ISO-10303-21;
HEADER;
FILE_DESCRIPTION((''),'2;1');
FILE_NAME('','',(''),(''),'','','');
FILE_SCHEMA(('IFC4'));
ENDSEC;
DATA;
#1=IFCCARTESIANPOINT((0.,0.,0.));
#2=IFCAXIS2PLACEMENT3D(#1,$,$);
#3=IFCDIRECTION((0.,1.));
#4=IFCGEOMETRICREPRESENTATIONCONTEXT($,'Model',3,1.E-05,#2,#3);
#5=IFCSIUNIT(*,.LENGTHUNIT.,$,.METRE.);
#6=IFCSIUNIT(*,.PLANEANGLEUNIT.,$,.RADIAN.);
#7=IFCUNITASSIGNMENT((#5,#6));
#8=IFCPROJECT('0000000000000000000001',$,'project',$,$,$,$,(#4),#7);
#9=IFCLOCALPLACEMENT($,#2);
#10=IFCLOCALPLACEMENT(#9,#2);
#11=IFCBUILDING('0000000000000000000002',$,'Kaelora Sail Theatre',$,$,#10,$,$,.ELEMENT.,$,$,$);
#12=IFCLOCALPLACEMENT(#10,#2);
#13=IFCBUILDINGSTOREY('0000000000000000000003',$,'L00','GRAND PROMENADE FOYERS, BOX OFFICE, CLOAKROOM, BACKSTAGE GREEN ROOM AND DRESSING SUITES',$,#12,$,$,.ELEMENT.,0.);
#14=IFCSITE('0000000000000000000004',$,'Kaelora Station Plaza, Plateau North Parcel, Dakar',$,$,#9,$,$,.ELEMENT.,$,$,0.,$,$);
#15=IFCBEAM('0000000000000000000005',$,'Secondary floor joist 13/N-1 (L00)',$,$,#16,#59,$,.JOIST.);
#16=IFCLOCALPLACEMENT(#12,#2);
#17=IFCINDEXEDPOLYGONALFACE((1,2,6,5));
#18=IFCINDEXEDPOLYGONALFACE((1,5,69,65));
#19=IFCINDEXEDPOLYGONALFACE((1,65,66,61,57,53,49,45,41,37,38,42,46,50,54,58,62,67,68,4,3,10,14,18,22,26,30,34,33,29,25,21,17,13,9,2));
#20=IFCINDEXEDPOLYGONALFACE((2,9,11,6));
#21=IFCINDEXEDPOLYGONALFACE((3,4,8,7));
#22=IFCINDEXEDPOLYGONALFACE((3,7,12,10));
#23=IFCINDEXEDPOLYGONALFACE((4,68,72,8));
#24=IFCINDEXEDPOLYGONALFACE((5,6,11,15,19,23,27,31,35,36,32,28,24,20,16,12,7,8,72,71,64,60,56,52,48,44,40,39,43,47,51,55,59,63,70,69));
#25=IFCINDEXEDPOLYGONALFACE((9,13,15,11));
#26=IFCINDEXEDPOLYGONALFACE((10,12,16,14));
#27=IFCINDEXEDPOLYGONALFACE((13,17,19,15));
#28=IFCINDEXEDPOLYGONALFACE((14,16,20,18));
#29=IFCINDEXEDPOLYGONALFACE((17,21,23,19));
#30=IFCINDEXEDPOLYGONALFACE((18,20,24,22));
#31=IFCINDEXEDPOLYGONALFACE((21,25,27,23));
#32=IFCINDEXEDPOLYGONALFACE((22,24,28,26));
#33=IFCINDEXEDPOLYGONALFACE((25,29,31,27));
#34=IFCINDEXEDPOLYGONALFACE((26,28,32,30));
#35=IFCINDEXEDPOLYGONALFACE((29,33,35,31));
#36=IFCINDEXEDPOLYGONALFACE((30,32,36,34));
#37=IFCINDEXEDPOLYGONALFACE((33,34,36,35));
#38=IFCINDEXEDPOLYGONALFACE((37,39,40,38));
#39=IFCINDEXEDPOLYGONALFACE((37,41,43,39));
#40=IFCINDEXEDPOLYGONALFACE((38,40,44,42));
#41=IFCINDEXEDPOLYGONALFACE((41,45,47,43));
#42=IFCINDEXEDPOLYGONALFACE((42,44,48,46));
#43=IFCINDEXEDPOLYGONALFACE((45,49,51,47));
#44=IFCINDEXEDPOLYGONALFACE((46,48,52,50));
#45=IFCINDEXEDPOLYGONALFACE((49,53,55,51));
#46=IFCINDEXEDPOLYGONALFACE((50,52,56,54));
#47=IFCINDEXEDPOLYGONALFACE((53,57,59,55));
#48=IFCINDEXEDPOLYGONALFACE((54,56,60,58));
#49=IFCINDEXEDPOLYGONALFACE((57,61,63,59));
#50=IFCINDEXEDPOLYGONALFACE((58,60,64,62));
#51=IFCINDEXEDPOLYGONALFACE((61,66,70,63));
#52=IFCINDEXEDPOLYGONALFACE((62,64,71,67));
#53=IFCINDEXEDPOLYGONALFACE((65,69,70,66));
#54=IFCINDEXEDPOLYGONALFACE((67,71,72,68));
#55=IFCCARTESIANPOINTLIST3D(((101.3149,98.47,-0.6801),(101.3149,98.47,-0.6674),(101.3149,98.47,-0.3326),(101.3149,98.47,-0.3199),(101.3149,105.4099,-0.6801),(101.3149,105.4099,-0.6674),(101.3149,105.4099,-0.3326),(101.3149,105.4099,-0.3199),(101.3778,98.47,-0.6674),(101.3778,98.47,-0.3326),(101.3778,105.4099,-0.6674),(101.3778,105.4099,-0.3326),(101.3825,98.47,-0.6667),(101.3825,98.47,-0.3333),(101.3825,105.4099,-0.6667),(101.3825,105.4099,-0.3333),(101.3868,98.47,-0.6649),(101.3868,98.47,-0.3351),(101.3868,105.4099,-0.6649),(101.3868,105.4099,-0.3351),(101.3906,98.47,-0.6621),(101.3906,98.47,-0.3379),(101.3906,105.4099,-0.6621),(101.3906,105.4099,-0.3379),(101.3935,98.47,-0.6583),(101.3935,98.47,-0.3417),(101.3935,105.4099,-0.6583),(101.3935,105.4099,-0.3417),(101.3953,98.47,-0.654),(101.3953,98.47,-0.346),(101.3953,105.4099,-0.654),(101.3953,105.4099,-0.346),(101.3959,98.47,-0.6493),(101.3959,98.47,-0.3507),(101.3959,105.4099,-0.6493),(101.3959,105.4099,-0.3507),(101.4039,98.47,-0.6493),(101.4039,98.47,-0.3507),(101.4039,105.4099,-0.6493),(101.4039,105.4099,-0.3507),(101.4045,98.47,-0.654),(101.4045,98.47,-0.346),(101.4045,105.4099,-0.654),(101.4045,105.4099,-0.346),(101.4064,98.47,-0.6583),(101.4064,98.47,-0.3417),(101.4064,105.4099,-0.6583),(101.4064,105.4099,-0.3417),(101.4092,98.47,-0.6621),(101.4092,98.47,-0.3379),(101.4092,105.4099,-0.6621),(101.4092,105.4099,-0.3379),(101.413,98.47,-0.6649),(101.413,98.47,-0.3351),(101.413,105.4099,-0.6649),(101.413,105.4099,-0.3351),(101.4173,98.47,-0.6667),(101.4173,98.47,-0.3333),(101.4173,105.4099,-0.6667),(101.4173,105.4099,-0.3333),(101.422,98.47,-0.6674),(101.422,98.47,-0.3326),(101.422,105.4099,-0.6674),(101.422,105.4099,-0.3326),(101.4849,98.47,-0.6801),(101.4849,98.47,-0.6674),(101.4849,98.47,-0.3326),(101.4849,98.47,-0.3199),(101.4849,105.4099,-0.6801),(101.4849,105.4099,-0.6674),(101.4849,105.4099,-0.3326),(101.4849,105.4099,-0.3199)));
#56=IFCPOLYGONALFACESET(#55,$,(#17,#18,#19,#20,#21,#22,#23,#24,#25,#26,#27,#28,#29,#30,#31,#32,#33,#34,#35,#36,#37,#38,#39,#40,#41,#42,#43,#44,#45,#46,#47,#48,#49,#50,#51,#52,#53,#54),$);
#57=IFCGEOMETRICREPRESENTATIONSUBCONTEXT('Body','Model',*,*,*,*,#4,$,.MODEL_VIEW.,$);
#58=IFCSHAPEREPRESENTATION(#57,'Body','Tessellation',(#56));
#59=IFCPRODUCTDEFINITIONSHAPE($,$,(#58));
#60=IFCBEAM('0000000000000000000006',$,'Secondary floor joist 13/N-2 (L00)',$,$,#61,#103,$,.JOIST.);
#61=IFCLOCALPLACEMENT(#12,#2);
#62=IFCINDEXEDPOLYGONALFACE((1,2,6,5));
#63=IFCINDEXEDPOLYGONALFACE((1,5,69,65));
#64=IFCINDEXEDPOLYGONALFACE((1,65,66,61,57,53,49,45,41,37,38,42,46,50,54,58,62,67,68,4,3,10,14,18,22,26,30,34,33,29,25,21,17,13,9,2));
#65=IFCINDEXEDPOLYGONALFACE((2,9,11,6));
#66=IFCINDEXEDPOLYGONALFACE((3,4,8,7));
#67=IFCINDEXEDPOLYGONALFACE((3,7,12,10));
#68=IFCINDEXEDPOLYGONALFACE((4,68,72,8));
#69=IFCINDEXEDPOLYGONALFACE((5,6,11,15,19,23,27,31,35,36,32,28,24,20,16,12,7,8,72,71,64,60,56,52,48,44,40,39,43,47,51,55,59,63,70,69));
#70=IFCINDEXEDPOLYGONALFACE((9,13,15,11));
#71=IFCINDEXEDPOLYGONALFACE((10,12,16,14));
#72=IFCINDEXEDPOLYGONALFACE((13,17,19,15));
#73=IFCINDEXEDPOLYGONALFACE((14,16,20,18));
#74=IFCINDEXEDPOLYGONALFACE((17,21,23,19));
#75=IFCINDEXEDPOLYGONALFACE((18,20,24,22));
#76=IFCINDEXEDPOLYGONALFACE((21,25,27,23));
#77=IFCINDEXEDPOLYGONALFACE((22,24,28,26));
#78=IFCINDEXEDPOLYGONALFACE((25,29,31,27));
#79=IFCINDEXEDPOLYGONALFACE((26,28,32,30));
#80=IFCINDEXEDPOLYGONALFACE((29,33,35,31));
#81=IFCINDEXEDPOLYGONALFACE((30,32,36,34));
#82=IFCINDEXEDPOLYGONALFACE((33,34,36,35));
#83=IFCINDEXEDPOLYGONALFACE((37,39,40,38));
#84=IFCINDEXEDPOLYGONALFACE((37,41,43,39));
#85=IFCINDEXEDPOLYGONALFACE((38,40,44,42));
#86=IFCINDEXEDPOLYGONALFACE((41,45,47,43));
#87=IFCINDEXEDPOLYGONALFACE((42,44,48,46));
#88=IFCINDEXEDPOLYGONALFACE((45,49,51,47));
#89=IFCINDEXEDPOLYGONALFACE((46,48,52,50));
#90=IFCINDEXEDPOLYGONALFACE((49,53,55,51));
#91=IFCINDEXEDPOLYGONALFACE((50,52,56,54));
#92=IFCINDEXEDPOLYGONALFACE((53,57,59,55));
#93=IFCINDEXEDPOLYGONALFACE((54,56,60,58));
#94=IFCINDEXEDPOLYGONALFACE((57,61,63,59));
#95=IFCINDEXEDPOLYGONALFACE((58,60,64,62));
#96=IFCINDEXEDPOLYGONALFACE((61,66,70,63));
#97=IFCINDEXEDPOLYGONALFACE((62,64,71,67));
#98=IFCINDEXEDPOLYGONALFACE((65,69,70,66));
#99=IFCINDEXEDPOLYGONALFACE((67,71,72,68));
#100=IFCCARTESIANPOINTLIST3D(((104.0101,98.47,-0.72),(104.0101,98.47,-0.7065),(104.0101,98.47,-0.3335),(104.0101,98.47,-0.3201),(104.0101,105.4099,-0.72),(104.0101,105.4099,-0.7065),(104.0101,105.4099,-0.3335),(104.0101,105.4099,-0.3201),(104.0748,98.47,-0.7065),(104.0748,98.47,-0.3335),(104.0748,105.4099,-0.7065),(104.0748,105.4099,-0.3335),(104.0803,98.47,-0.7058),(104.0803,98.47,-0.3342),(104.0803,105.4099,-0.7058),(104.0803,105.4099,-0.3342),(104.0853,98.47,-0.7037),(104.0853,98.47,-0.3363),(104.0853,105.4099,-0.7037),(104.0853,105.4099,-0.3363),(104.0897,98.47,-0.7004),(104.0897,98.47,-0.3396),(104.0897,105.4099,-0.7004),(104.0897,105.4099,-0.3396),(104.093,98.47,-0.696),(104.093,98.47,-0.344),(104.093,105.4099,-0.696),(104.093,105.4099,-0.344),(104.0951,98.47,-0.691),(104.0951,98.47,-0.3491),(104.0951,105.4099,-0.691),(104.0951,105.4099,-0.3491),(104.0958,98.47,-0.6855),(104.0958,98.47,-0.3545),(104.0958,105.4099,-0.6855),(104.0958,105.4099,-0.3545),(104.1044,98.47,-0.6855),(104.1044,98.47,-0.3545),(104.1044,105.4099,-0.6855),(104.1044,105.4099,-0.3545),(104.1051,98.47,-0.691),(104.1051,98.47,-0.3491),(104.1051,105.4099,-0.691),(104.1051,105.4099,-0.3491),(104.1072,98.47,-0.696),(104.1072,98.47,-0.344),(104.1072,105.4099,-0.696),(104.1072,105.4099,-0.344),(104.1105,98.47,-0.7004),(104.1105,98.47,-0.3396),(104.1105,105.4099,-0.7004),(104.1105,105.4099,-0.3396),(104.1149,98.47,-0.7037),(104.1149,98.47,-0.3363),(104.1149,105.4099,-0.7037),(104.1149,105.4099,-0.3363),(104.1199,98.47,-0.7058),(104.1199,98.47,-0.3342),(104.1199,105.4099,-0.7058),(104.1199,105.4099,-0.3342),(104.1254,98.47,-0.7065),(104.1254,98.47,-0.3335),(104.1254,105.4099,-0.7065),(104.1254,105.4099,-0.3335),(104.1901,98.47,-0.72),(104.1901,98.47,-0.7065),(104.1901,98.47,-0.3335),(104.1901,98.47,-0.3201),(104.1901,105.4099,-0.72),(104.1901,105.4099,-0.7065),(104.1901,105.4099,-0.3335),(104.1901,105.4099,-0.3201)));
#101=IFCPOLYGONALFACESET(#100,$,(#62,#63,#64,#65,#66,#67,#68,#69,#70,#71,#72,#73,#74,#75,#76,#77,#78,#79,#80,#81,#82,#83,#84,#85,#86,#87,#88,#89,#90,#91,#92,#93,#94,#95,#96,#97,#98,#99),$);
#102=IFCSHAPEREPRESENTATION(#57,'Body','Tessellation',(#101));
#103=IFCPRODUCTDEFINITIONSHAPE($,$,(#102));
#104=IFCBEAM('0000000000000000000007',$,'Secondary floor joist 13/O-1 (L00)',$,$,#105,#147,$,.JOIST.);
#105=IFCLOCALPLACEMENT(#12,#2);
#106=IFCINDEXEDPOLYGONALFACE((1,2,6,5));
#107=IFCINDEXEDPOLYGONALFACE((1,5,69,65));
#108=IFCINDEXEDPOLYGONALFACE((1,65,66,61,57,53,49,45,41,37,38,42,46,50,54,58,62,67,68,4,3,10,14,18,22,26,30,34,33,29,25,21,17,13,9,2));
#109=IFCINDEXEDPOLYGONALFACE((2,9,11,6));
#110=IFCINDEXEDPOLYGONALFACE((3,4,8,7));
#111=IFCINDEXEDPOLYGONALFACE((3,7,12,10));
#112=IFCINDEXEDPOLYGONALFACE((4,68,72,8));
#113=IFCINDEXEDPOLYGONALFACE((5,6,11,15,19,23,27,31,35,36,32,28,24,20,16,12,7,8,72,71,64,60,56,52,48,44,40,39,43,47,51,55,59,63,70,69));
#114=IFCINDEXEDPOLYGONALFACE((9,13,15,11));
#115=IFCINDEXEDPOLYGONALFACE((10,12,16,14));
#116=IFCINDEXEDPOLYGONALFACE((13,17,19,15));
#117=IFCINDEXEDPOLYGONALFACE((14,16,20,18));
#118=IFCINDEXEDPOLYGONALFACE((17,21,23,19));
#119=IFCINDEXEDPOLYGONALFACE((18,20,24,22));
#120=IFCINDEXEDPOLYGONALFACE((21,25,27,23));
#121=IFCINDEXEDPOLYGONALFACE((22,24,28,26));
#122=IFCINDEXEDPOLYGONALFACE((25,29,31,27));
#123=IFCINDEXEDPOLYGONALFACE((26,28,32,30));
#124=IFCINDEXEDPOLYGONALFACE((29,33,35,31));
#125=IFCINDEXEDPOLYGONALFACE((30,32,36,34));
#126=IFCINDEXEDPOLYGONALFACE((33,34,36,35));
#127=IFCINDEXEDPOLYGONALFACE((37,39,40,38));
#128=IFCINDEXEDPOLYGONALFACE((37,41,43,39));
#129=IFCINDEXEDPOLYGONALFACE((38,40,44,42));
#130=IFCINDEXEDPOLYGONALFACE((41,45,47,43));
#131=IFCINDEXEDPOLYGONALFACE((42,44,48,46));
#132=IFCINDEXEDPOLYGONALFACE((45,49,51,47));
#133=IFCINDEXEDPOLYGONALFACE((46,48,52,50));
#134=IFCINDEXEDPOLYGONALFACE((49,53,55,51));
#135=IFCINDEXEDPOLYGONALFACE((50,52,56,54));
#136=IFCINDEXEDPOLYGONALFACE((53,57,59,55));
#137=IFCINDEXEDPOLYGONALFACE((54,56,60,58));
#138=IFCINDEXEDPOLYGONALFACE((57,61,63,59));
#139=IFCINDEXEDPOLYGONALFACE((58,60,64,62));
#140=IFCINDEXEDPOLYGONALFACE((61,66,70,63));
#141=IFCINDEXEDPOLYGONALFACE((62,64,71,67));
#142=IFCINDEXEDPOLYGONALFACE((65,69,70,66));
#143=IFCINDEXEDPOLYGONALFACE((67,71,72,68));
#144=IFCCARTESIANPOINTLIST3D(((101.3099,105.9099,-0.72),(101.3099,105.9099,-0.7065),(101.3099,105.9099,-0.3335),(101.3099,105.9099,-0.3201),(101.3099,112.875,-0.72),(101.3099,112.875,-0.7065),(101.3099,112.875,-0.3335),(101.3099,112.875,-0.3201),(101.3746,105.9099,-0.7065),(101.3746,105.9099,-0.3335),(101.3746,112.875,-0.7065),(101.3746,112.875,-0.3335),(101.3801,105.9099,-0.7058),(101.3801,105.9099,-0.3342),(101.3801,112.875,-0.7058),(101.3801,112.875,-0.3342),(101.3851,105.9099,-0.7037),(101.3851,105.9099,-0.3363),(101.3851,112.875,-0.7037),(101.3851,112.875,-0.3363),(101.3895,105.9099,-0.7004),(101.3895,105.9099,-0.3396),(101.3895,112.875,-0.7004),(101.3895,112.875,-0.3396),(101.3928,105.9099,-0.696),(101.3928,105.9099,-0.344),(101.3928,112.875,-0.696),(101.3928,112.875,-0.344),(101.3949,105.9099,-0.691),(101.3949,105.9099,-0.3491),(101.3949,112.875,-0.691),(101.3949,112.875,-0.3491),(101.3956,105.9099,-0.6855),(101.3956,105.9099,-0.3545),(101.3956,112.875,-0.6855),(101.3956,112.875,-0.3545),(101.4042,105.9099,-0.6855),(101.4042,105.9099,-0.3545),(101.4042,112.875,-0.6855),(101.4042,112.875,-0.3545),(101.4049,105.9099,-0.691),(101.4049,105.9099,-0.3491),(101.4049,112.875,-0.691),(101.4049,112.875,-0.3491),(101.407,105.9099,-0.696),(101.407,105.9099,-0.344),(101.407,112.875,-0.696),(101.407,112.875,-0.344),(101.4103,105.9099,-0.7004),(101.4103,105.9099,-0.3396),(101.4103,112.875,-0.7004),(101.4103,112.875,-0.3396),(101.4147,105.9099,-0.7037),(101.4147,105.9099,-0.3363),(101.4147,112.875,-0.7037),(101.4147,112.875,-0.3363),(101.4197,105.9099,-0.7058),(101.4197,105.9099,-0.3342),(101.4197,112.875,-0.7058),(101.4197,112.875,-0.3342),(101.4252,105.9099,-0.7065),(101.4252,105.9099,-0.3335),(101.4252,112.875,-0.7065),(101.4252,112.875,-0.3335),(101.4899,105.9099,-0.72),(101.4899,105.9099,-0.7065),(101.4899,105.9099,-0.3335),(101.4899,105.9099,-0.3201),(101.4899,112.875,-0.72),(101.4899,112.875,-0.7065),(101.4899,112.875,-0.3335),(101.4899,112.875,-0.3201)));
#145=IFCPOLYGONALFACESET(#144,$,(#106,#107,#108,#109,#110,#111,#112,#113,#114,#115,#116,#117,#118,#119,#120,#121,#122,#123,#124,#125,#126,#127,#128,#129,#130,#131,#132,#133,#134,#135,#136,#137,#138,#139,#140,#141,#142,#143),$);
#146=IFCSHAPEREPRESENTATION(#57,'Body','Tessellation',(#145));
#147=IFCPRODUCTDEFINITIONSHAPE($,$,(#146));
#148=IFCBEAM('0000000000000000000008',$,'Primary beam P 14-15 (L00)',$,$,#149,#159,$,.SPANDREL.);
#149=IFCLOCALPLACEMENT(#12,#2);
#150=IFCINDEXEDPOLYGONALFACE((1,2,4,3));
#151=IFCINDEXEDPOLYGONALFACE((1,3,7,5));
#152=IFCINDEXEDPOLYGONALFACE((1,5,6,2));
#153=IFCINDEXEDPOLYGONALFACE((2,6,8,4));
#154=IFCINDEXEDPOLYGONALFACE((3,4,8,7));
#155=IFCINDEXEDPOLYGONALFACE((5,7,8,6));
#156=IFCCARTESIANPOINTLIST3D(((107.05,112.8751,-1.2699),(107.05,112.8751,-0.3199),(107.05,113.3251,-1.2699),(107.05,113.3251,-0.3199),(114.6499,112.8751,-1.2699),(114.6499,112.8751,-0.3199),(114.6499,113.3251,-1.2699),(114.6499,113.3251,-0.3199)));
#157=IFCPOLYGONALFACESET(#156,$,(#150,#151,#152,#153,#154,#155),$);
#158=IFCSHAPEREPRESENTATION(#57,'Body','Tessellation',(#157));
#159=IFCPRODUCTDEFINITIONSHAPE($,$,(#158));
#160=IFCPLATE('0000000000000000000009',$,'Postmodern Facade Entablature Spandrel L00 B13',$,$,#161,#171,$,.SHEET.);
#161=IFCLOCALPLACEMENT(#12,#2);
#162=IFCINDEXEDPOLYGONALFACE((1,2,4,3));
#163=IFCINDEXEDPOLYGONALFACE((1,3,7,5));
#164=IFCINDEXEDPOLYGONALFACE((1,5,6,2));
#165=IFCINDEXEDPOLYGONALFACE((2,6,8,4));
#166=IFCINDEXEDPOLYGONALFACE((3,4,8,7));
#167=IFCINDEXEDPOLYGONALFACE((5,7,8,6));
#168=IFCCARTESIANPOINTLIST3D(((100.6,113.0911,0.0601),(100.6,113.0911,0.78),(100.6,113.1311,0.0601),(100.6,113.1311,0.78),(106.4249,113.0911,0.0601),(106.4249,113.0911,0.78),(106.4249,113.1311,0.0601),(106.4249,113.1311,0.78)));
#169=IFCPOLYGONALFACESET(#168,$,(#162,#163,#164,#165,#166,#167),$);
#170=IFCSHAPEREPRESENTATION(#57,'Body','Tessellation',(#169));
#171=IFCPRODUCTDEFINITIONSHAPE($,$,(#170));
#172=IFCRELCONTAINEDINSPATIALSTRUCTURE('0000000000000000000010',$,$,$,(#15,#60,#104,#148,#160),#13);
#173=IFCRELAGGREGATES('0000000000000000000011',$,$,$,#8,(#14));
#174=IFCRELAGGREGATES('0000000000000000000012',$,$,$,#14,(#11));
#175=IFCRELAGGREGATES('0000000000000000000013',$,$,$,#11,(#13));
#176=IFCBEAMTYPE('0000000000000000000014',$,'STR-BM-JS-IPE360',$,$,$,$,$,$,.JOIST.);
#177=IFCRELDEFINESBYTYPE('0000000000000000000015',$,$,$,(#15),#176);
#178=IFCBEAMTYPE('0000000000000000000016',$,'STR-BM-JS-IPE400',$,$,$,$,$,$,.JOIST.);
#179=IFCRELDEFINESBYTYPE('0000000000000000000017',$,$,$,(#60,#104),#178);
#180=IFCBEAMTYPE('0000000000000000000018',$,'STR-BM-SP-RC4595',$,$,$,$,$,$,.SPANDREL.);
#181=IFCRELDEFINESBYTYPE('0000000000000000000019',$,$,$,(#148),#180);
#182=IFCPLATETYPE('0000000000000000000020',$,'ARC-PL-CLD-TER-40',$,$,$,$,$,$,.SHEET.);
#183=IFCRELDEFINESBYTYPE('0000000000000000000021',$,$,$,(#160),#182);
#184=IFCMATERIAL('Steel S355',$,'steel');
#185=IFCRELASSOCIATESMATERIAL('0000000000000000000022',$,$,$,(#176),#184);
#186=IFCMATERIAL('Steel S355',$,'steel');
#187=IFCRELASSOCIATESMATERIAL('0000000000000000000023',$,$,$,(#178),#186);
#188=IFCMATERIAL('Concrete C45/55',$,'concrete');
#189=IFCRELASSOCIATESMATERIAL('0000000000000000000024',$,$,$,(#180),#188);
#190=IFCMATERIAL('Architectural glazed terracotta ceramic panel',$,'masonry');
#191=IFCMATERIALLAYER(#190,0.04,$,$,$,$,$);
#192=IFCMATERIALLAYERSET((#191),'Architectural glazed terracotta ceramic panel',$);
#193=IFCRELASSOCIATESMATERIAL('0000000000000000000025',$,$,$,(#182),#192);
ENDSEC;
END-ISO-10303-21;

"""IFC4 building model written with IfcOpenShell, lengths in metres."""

from ifc_helpers import new_model, si_unit, direction, frame, origin, origin_2d, place, context, subcontext, project, spatial, rectangle, i_section, extrude, material, layer, layer_set, material_profile, profile_set, type_object, element, save


model = new_model("IFC4")

# Units and contexts
model_context = context("Model", 3, precision=1e-05, world=origin(), true_north=direction((0.0, 1.0)))
body_context = subcontext(model_context, "Body", "Model", "MODEL_VIEW")
ifc_project = project(units=[si_unit("LENGTHUNIT", "METRE"), si_unit("PLANEANGLEUNIT", "RADIAN")], contexts=[model_context])

# Site, building, storey
site_placement = place(None, origin())
site = spatial("IfcSite", under=ifc_project, at=site_placement, Name="Kaelora Station Plaza, Plateau North Parcel, Dakar", CompositionType="ELEMENT", RefElevation=0.0)
building_placement = place(site_placement, origin())
building = spatial("IfcBuilding", under=site, at=building_placement, Name="Kaelora Sail Theatre", CompositionType="ELEMENT")
storey_placement = place(building_placement, origin())
storey = spatial("IfcBuildingStorey", under=building, at=storey_placement, Name="L00", Description="GRAND PROMENADE FOYERS, BOX OFFICE, CLOAKROOM, BACKSTAGE GREEN ROOM AND DRESSING SUITES", CompositionType="ELEMENT", Elevation=0.0)

# Beams
ifc_material_1 = material(Name="Steel S355", Category="steel")
ifc_material_profile_1 = material_profile(ifc_material_1, i_section(OverallWidth=0.1699, OverallDepth=0.3601, WebThickness=0.0081, FlangeThickness=0.0127, FilletRadius=0.0181, at=origin_2d()), Name="IPE 360")
ifc_profile_set_1 = profile_set([ifc_material_profile_1], Name="Steel S355")
beam_type_1 = type_object("IfcBeamType", Name="STR-BM-JS-IPE360", PredefinedType="JOIST", material=ifc_profile_set_1)
beam_1_placement = place(storey_placement, frame((101.3999, 98.47, -0.5), z_axis=(0.0, 1.0, 0.0), x_axis=(-1.0, 0.0, 0.0)))
element("IfcBeam", 1, at=beam_1_placement, inside=storey, type_object=beam_type_1, Name="Secondary floor joist 13/N-1 (L00)", PredefinedType="JOIST", context=body_context, shape_type="SweptSolid", body=[
    extrude(i_section(OverallWidth=0.1699, OverallDepth=0.3601, WebThickness=0.0081, FlangeThickness=0.0127, FilletRadius=0.0181, at=origin_2d()), origin(), (0.0, 0.0, 1.0), 6.9399),
])
ifc_material_2 = material(Name="Steel S355", Category="steel")
ifc_material_profile_2 = material_profile(ifc_material_2, i_section(OverallWidth=0.1799, OverallDepth=0.3999, WebThickness=0.0085, FlangeThickness=0.0134, FilletRadius=0.021, at=origin_2d()), Name="IPE 400")
ifc_profile_set_2 = profile_set([ifc_material_profile_2], Name="Steel S355")
beam_type_2 = type_object("IfcBeamType", Name="STR-BM-JS-IPE400", PredefinedType="JOIST", material=ifc_profile_set_2)
beam_2_placement = place(storey_placement, frame((104.1001, 98.47, -0.52), z_axis=(0.0, 1.0, 0.0), x_axis=(-1.0, 0.0, 0.0)))
element("IfcBeam", 2, at=beam_2_placement, inside=storey, type_object=beam_type_2, Name="Secondary floor joist 13/N-2 (L00)", PredefinedType="JOIST", context=body_context, shape_type="SweptSolid", body=[
    extrude(i_section(OverallWidth=0.1799, OverallDepth=0.3999, WebThickness=0.0085, FlangeThickness=0.0134, FilletRadius=0.021, at=origin_2d()), origin(), (0.0, 0.0, 1.0), 6.9399),
])
beam_3_placement = place(storey_placement, frame((101.3999, 105.9099, -0.52), z_axis=(0.0, 1.0, 0.0), x_axis=(-1.0, 0.0, 0.0)))
element("IfcBeam", 3, at=beam_3_placement, inside=storey, type_object=beam_type_2, Name="Secondary floor joist 13/O-1 (L00)", PredefinedType="JOIST", context=body_context, shape_type="SweptSolid", body=[
    extrude(i_section(OverallWidth=0.1799, OverallDepth=0.3999, WebThickness=0.0085, FlangeThickness=0.0134, FilletRadius=0.021, at=origin_2d()), origin(), (0.0, 0.0, 1.0), 6.9651),
])
ifc_material_3 = material(Name="Concrete C45/55", Category="concrete")
ifc_material_profile_3 = material_profile(ifc_material_3, rectangle(XDim=0.45, YDim=0.95, at=origin_2d()), Name="RC-SPN 450x950")
ifc_profile_set_3 = profile_set([ifc_material_profile_3], Name="Concrete C45/55")
beam_type_3 = type_object("IfcBeamType", Name="STR-BM-SP-RC4595", PredefinedType="SPANDREL", material=ifc_profile_set_3)
beam_4_placement = place(storey_placement, frame((107.05, 113.1001, -0.7949), z_axis=(1.0, 0.0, 0.0), x_axis=(0.0, 1.0, 0.0)))
element("IfcBeam", 4, at=beam_4_placement, inside=storey, type_object=beam_type_3, Name="Primary beam P 14-15 (L00)", PredefinedType="SPANDREL", context=body_context, shape_type="SweptSolid", body=[
    extrude(rectangle(XDim=0.45, YDim=0.95, at=origin_2d()), origin(), (0.0, 0.0, 1.0), 7.5999),
])

# Plate
ifc_material_4 = material(Name="Architectural glazed terracotta ceramic panel", Category="masonry")
ifc_layer_1 = layer(ifc_material_4, 0.04)
ifc_layer_set_1 = layer_set([ifc_layer_1], Name="Architectural glazed terracotta ceramic panel")
plate_type = type_object("IfcPlateType", Name="ARC-PL-CLD-TER-40", PredefinedType="SHEET", material=ifc_layer_set_1)
plate_placement = place(storey_placement, frame((103.5125, 113.1111, 0.0601), z_axis=(0.0, 0.0, 1.0), x_axis=(1.0, 0.0, 0.0)))
element("IfcPlate", 5, at=plate_placement, inside=storey, type_object=plate_type, Name="Postmodern Facade Entablature Spandrel L00 B13", PredefinedType="SHEET", context=body_context, shape_type="SweptSolid", body=[
    extrude(rectangle(XDim=5.825, YDim=0.04, at=origin_2d()), origin(), (0.0, 0.0, 1.0), 0.72),
])

save(model, "model.ifc")
